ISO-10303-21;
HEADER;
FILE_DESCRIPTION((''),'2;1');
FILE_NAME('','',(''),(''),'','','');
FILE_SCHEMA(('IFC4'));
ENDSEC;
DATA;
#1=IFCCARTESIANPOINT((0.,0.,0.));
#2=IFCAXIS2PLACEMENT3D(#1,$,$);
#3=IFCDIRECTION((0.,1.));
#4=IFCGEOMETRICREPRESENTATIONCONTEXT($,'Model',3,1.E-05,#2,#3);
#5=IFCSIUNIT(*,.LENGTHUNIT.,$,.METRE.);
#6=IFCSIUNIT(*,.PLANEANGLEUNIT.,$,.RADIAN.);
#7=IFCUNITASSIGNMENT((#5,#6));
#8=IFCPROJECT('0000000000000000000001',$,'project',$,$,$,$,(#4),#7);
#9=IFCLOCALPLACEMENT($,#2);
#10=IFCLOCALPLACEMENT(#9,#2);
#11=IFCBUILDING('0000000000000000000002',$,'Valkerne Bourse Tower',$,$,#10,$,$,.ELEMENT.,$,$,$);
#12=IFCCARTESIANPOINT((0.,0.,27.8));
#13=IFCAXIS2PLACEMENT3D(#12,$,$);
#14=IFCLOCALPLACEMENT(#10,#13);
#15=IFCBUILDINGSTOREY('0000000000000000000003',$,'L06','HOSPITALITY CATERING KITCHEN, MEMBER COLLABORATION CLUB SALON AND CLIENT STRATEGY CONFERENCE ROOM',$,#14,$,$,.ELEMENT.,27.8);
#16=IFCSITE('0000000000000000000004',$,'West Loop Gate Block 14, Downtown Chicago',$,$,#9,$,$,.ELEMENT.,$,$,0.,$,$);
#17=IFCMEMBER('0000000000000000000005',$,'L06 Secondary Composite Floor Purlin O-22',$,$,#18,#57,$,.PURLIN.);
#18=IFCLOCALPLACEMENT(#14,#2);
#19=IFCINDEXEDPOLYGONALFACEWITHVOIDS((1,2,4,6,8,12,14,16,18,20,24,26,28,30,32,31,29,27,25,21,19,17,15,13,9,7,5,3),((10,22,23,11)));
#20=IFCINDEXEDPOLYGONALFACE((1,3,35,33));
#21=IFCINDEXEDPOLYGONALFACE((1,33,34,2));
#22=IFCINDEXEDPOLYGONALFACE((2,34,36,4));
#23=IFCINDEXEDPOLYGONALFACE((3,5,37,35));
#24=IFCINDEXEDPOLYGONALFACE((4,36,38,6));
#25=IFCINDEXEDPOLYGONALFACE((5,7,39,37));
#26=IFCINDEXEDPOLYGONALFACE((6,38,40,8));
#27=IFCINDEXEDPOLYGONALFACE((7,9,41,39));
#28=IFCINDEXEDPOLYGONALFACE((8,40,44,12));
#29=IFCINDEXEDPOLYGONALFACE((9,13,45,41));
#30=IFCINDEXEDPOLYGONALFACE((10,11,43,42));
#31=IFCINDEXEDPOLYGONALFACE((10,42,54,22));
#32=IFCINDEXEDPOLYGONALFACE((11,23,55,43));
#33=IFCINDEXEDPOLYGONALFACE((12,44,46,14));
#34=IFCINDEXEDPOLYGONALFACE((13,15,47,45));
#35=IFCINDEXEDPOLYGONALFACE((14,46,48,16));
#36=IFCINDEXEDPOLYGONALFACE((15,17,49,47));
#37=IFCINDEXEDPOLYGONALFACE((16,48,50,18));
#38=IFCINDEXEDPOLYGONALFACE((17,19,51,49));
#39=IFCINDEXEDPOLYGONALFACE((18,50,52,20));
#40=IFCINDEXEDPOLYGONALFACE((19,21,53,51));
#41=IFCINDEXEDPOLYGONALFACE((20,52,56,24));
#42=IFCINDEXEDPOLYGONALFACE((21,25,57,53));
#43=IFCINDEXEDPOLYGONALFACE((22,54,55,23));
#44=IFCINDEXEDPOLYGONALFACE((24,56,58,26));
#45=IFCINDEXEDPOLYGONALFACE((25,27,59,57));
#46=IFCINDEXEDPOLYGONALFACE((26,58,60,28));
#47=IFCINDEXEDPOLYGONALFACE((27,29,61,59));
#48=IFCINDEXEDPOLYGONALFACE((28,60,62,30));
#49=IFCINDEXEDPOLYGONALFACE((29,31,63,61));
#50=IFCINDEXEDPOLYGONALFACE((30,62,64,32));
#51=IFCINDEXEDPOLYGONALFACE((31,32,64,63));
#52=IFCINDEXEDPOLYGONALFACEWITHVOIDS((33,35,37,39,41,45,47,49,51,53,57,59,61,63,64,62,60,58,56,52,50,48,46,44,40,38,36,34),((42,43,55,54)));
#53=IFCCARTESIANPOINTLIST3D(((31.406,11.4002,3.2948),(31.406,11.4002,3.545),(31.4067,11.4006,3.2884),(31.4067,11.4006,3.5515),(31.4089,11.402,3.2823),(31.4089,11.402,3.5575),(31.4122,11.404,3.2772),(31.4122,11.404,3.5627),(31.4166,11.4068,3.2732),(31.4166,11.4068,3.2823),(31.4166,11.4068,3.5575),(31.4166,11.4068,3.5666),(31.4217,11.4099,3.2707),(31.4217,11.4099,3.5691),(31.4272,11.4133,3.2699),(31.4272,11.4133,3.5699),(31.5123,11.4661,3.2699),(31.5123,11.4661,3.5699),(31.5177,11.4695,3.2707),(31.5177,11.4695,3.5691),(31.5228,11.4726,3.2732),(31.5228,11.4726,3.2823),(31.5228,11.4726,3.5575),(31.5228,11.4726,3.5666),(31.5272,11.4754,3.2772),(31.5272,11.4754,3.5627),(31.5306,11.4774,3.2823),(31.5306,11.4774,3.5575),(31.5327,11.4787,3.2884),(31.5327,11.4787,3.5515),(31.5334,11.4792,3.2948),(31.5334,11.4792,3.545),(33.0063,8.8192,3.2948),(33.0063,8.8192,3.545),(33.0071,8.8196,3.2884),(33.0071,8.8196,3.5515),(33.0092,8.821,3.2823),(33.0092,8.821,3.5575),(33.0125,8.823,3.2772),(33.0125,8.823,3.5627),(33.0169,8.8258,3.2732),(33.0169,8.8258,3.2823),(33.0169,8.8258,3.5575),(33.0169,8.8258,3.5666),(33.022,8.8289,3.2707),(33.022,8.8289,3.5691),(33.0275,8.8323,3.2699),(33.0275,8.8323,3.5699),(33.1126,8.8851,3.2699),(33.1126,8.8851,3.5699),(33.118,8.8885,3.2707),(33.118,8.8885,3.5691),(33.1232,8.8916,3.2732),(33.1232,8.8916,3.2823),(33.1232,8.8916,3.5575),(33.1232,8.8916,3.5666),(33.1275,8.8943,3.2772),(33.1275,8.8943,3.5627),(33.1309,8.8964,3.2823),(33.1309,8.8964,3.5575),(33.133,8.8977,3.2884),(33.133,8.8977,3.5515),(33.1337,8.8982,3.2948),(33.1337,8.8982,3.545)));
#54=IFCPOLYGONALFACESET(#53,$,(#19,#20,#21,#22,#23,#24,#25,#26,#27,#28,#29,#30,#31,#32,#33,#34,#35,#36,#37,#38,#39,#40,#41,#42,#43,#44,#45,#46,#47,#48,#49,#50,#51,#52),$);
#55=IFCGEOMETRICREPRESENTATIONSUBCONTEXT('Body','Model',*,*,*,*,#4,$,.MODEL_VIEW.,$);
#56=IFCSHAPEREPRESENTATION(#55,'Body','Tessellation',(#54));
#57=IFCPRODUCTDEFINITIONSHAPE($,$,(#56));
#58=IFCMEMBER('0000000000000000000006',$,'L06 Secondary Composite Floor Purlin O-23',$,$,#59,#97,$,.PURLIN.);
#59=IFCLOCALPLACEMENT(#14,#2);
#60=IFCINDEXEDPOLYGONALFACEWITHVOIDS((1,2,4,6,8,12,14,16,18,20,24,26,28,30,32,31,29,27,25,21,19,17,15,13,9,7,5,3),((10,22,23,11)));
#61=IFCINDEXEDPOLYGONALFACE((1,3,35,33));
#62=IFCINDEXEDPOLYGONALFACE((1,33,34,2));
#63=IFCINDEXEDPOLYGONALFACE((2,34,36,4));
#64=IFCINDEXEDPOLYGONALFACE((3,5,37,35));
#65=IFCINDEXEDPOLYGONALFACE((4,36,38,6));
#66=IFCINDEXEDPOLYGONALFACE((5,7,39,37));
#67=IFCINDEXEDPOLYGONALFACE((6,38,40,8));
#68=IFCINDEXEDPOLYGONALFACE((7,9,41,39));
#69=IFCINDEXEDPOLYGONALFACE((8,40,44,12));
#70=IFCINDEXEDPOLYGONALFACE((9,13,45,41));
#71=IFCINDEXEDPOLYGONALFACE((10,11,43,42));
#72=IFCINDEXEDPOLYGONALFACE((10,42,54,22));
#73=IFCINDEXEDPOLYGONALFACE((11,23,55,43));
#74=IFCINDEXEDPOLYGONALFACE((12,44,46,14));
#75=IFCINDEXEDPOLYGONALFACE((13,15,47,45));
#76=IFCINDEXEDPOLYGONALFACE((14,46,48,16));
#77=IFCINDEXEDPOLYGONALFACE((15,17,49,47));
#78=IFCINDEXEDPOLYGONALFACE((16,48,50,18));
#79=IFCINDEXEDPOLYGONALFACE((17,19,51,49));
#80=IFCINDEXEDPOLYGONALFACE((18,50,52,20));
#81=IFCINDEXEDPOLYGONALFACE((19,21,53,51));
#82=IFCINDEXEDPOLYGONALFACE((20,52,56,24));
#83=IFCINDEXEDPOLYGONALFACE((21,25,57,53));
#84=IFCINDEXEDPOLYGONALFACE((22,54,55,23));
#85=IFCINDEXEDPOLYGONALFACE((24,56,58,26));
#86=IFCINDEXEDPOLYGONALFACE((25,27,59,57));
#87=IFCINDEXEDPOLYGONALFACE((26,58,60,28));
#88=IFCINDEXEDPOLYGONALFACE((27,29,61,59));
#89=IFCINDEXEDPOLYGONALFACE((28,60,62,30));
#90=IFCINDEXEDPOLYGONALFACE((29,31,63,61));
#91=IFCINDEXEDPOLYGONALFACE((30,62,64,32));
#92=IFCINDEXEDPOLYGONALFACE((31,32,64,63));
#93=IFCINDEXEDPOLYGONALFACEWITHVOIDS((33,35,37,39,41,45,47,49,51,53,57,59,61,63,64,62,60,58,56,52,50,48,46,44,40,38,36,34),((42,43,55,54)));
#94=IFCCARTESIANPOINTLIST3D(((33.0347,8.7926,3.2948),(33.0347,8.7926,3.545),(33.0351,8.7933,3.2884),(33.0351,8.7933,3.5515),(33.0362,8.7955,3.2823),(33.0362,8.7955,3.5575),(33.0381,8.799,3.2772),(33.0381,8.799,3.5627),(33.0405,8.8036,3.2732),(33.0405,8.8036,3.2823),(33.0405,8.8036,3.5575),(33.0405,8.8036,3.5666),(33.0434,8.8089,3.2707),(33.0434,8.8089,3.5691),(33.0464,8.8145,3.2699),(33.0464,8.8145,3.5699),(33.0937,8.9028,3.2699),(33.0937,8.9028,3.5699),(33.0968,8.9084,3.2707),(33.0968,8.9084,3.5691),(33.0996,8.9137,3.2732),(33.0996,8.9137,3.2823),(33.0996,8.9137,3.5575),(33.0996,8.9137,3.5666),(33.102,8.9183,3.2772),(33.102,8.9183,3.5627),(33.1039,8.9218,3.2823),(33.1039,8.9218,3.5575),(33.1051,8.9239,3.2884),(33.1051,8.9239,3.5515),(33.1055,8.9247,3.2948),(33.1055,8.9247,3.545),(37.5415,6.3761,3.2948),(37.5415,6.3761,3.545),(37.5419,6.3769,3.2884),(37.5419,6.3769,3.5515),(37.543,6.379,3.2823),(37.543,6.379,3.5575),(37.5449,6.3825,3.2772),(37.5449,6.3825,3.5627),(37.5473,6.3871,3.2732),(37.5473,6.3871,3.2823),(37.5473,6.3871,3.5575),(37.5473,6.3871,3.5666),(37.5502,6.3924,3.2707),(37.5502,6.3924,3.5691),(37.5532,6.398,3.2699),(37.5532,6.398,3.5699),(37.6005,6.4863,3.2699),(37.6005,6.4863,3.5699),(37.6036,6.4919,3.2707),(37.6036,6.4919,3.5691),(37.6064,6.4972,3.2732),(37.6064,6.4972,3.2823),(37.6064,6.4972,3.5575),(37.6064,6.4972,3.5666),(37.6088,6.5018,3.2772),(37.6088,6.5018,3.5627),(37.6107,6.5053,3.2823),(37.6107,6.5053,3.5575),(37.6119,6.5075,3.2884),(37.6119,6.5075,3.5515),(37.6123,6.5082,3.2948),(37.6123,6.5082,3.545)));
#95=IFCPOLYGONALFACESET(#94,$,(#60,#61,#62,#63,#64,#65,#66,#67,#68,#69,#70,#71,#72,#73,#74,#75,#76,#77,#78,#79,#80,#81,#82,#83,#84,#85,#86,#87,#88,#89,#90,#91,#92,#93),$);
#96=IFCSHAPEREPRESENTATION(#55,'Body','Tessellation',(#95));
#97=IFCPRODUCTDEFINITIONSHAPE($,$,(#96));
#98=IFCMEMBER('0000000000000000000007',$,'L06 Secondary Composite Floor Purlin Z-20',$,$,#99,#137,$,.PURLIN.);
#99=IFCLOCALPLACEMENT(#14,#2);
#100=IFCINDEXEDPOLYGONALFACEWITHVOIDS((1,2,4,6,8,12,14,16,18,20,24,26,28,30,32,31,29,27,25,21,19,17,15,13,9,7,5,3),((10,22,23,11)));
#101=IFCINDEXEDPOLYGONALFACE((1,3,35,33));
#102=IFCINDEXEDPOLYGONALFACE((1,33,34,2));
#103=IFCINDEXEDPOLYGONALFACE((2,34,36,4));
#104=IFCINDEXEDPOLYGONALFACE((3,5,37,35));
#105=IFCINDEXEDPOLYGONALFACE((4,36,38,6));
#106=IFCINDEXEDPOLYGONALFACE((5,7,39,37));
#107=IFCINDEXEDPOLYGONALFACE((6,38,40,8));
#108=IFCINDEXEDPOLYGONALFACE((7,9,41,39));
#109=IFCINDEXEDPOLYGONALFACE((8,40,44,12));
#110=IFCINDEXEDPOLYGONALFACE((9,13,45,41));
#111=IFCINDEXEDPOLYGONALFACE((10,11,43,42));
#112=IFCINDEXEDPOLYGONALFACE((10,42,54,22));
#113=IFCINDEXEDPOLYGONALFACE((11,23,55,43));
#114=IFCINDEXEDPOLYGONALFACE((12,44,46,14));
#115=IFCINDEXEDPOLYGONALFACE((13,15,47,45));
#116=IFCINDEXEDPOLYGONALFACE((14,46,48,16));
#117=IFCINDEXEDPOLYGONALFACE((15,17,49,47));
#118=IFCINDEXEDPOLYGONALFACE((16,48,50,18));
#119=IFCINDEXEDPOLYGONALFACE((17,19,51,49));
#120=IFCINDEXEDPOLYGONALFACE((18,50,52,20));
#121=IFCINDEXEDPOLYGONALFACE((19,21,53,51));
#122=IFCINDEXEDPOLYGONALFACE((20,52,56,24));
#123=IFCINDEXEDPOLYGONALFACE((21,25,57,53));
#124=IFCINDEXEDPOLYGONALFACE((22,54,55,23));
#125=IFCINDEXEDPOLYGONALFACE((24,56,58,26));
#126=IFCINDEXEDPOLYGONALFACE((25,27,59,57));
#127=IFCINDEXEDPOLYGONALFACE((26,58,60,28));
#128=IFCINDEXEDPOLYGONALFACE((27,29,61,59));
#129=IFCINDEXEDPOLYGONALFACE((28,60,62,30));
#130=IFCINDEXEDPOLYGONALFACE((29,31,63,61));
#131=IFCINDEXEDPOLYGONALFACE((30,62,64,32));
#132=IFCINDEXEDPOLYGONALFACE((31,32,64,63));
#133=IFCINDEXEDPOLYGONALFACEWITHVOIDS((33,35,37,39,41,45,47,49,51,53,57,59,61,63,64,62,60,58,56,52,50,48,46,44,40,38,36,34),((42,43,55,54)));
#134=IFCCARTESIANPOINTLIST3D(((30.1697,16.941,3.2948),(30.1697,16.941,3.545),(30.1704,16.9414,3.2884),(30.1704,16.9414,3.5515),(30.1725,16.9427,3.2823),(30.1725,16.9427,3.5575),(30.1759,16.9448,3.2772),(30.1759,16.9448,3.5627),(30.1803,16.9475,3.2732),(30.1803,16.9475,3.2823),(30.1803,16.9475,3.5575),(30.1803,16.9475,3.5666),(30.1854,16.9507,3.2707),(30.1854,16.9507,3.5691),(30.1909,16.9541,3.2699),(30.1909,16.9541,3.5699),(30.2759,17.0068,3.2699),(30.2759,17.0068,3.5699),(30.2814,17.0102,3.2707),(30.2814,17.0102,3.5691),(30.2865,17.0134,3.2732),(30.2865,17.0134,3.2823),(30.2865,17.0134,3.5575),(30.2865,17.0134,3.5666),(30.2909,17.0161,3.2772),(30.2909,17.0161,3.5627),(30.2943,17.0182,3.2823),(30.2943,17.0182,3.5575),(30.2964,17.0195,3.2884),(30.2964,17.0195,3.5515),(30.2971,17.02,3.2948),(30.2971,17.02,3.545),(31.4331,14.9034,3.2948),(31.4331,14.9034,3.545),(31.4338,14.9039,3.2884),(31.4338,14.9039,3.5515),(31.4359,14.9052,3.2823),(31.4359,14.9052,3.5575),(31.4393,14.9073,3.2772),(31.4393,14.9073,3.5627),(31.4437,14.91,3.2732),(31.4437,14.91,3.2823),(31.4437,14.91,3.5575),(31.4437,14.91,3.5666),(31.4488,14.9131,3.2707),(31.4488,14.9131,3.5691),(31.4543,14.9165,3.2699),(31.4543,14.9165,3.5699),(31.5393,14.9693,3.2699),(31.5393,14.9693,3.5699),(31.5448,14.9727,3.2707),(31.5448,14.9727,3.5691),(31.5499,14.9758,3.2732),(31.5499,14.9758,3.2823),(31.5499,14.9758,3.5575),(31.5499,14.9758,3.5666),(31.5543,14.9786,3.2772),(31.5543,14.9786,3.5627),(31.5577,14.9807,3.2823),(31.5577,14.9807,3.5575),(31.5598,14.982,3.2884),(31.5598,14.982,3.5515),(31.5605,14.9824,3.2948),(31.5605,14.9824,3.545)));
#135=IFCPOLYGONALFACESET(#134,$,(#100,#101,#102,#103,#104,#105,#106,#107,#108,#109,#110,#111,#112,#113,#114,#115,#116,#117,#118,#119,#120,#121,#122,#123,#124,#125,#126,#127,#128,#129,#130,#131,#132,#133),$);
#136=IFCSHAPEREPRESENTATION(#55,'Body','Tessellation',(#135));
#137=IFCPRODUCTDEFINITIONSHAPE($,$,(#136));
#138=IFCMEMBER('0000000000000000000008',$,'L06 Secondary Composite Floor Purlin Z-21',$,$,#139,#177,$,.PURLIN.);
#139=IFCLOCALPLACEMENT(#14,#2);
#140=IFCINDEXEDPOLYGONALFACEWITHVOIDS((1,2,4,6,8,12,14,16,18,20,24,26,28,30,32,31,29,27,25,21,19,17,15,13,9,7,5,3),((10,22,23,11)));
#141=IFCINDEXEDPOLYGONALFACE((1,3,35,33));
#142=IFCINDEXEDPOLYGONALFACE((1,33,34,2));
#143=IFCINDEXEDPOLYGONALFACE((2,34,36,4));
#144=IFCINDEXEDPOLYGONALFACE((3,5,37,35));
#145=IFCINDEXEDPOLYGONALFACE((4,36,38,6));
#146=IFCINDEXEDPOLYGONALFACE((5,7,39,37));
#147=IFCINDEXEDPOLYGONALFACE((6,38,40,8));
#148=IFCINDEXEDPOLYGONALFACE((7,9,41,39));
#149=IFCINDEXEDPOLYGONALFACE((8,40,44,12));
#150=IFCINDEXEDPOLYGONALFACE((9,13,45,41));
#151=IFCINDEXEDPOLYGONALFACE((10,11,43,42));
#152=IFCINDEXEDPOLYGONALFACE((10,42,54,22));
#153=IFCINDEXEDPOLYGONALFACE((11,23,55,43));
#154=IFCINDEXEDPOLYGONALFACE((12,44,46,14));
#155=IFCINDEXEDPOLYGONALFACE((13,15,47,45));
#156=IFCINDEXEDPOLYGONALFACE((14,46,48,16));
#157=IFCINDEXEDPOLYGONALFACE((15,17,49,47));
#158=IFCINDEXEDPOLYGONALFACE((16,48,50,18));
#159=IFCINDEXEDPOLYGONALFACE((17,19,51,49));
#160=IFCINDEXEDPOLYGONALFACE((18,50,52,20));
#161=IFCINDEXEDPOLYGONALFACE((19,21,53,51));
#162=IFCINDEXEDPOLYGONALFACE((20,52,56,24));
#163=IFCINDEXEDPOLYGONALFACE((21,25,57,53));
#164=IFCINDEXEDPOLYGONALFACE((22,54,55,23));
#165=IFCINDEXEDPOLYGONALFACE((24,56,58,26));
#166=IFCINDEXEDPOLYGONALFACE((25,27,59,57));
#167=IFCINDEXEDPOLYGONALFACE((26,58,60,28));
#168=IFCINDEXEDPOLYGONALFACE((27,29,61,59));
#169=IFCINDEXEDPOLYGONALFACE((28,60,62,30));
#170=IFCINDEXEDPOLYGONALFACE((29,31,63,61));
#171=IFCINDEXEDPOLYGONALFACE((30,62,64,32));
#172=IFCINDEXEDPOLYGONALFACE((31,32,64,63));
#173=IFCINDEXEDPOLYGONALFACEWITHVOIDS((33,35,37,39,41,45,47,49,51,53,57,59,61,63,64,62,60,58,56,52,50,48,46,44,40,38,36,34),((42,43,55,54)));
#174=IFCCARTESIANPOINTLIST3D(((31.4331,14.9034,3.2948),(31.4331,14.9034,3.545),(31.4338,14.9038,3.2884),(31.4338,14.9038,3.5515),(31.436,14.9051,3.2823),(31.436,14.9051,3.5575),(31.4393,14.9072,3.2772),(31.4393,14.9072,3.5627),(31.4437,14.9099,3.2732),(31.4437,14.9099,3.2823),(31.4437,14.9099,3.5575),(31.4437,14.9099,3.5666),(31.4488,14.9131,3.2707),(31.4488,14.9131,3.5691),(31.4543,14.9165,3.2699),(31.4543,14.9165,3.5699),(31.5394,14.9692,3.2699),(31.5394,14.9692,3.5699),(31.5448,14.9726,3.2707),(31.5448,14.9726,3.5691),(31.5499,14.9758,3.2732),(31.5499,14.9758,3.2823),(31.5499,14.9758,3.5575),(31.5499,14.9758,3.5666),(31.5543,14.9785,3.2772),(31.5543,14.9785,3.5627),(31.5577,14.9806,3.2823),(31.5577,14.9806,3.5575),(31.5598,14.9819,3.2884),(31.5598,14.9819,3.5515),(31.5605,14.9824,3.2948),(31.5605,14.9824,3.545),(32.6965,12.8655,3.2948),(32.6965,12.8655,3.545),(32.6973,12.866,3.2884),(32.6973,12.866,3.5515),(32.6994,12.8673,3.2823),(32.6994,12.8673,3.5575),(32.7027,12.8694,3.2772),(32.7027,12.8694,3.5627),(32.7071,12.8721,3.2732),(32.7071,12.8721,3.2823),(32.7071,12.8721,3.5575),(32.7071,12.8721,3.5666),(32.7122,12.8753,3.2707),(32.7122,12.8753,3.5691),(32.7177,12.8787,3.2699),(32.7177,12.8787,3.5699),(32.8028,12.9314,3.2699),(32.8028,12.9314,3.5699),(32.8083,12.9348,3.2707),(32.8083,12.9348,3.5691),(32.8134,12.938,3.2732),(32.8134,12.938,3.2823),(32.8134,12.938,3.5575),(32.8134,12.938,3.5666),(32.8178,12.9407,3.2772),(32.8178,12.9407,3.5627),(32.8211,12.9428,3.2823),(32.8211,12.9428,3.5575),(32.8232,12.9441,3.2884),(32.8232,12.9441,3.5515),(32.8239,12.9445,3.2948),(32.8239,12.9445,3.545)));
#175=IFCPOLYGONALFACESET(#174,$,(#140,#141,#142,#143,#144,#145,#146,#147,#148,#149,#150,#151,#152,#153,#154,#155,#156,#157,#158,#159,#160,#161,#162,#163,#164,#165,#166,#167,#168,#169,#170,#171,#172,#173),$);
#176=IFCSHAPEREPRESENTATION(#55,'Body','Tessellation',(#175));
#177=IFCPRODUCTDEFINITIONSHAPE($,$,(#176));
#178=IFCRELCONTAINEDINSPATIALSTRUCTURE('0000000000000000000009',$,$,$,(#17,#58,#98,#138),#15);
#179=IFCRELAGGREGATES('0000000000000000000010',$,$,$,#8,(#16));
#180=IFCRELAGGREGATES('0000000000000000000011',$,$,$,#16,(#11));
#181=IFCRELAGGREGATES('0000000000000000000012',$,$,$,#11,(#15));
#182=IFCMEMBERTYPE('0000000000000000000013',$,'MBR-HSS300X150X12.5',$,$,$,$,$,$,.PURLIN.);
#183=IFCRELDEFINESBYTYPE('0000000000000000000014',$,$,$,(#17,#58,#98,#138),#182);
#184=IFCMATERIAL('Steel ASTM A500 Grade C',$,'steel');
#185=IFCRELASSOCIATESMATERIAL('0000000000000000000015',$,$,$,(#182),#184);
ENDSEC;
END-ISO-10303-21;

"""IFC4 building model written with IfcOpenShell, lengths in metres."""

from ifc_helpers import new_model, si_unit, direction, frame, origin, origin_2d, place, context, subcontext, project, spatial, hollow_rectangle, extrude, material, material_profile, profile_set, type_object, element, save


model = new_model("IFC4")

# Units and contexts
model_context = context("Model", 3, precision=1e-05, world=origin(), true_north=direction((0.0, 1.0)))
body_context = subcontext(model_context, "Body", "Model", "MODEL_VIEW")
ifc_project = project(units=[si_unit("LENGTHUNIT", "METRE"), si_unit("PLANEANGLEUNIT", "RADIAN")], contexts=[model_context])

# Site, building, storey
site_placement = place(None, origin())
site = spatial("IfcSite", under=ifc_project, at=site_placement, Name="West Loop Gate Block 14, Downtown Chicago", CompositionType="ELEMENT", RefElevation=0.0)
building_placement = place(site_placement, origin())
building = spatial("IfcBuilding", under=site, at=building_placement, Name="Valkerne Bourse Tower", CompositionType="ELEMENT")
storey_placement = place(building_placement, frame((0.0, 0.0, 27.8)))
storey = spatial("IfcBuildingStorey", under=building, at=storey_placement, Name="L06", Description="HOSPITALITY CATERING KITCHEN, MEMBER COLLABORATION CLUB SALON AND CLIENT STRATEGY CONFERENCE ROOM", CompositionType="ELEMENT", Elevation=27.8)

# Members
ifc_material_1 = material(Name="Steel ASTM A500 Grade C", Category="steel")
ifc_material_profile_1 = material_profile(ifc_material_1, hollow_rectangle(XDim=0.1499, YDim=0.3, WallThickness=0.0125, OuterFilletRadius=0.0249, at=origin_2d()), Name="HSS300X150X12.5")
ifc_profile_set_1 = profile_set([ifc_material_profile_1], Name="Steel ASTM A500 Grade C")
member_type_1 = type_object("IfcMemberType", Name="MBR-HSS300X150X12.5", PredefinedType="PURLIN", material=ifc_profile_set_1)
member_1_placement = place(storey_placement, frame((31.4697, 11.4397, 3.4199), z_axis=(0.526961, -0.84989, 0.0), x_axis=(0.84989, 0.526961, 0.0)))
element("IfcMember", 1, at=member_1_placement, inside=storey, type_object=member_type_1, Name="L06 Secondary Composite Floor Purlin O-22", PredefinedType="PURLIN", context=body_context, shape_type="SweptSolid", body=[
    extrude(hollow_rectangle(XDim=0.1499, YDim=0.3, WallThickness=0.0125, OuterFilletRadius=0.0249, at=origin_2d()), origin(), (0.0, 0.0, 1.0), 3.0369),
])
member_2_placement = place(storey_placement, frame((33.0701, 8.8586, 3.4199), z_axis=(0.881307, -0.472545, 0.0), x_axis=(0.472545, 0.881307, 0.0)))
element("IfcMember", 2, at=member_2_placement, inside=storey, type_object=member_type_1, Name="L06 Secondary Composite Floor Purlin O-23", PredefinedType="PURLIN", context=body_context, shape_type="SweptSolid", body=[
    extrude(hollow_rectangle(XDim=0.1499, YDim=0.3, WallThickness=0.0125, OuterFilletRadius=0.0249, at=origin_2d()), origin(), (0.0, 0.0, 1.0), 5.1138),
])
member_3_placement = place(storey_placement, frame((30.2334, 16.9805, 3.4199), z_axis=(0.526975, -0.849881, 0.0), x_axis=(0.849881, 0.526975, 0.0)))
element("IfcMember", 3, at=member_3_placement, inside=storey, type_object=member_type_1, Name="L06 Secondary Composite Floor Purlin Z-20", PredefinedType="PURLIN", context=body_context, shape_type="SweptSolid", body=[
    extrude(hollow_rectangle(XDim=0.1499, YDim=0.3, WallThickness=0.0125, OuterFilletRadius=0.0249, at=origin_2d()), origin(), (0.0, 0.0, 1.0), 2.3975),
])
member_4_placement = place(storey_placement, frame((31.4968, 14.9429, 3.4199), z_axis=(0.526929, -0.849909, 0.0), x_axis=(0.849909, 0.526929, 0.0)))
element("IfcMember", 4, at=member_4_placement, inside=storey, type_object=member_type_1, Name="L06 Secondary Composite Floor Purlin Z-21", PredefinedType="PURLIN", context=body_context, shape_type="SweptSolid", body=[
    extrude(hollow_rectangle(XDim=0.1499, YDim=0.3, WallThickness=0.0125, OuterFilletRadius=0.0249, at=origin_2d()), origin(), (0.0, 0.0, 1.0), 2.3977),
])

save(model, "model.ifc")
